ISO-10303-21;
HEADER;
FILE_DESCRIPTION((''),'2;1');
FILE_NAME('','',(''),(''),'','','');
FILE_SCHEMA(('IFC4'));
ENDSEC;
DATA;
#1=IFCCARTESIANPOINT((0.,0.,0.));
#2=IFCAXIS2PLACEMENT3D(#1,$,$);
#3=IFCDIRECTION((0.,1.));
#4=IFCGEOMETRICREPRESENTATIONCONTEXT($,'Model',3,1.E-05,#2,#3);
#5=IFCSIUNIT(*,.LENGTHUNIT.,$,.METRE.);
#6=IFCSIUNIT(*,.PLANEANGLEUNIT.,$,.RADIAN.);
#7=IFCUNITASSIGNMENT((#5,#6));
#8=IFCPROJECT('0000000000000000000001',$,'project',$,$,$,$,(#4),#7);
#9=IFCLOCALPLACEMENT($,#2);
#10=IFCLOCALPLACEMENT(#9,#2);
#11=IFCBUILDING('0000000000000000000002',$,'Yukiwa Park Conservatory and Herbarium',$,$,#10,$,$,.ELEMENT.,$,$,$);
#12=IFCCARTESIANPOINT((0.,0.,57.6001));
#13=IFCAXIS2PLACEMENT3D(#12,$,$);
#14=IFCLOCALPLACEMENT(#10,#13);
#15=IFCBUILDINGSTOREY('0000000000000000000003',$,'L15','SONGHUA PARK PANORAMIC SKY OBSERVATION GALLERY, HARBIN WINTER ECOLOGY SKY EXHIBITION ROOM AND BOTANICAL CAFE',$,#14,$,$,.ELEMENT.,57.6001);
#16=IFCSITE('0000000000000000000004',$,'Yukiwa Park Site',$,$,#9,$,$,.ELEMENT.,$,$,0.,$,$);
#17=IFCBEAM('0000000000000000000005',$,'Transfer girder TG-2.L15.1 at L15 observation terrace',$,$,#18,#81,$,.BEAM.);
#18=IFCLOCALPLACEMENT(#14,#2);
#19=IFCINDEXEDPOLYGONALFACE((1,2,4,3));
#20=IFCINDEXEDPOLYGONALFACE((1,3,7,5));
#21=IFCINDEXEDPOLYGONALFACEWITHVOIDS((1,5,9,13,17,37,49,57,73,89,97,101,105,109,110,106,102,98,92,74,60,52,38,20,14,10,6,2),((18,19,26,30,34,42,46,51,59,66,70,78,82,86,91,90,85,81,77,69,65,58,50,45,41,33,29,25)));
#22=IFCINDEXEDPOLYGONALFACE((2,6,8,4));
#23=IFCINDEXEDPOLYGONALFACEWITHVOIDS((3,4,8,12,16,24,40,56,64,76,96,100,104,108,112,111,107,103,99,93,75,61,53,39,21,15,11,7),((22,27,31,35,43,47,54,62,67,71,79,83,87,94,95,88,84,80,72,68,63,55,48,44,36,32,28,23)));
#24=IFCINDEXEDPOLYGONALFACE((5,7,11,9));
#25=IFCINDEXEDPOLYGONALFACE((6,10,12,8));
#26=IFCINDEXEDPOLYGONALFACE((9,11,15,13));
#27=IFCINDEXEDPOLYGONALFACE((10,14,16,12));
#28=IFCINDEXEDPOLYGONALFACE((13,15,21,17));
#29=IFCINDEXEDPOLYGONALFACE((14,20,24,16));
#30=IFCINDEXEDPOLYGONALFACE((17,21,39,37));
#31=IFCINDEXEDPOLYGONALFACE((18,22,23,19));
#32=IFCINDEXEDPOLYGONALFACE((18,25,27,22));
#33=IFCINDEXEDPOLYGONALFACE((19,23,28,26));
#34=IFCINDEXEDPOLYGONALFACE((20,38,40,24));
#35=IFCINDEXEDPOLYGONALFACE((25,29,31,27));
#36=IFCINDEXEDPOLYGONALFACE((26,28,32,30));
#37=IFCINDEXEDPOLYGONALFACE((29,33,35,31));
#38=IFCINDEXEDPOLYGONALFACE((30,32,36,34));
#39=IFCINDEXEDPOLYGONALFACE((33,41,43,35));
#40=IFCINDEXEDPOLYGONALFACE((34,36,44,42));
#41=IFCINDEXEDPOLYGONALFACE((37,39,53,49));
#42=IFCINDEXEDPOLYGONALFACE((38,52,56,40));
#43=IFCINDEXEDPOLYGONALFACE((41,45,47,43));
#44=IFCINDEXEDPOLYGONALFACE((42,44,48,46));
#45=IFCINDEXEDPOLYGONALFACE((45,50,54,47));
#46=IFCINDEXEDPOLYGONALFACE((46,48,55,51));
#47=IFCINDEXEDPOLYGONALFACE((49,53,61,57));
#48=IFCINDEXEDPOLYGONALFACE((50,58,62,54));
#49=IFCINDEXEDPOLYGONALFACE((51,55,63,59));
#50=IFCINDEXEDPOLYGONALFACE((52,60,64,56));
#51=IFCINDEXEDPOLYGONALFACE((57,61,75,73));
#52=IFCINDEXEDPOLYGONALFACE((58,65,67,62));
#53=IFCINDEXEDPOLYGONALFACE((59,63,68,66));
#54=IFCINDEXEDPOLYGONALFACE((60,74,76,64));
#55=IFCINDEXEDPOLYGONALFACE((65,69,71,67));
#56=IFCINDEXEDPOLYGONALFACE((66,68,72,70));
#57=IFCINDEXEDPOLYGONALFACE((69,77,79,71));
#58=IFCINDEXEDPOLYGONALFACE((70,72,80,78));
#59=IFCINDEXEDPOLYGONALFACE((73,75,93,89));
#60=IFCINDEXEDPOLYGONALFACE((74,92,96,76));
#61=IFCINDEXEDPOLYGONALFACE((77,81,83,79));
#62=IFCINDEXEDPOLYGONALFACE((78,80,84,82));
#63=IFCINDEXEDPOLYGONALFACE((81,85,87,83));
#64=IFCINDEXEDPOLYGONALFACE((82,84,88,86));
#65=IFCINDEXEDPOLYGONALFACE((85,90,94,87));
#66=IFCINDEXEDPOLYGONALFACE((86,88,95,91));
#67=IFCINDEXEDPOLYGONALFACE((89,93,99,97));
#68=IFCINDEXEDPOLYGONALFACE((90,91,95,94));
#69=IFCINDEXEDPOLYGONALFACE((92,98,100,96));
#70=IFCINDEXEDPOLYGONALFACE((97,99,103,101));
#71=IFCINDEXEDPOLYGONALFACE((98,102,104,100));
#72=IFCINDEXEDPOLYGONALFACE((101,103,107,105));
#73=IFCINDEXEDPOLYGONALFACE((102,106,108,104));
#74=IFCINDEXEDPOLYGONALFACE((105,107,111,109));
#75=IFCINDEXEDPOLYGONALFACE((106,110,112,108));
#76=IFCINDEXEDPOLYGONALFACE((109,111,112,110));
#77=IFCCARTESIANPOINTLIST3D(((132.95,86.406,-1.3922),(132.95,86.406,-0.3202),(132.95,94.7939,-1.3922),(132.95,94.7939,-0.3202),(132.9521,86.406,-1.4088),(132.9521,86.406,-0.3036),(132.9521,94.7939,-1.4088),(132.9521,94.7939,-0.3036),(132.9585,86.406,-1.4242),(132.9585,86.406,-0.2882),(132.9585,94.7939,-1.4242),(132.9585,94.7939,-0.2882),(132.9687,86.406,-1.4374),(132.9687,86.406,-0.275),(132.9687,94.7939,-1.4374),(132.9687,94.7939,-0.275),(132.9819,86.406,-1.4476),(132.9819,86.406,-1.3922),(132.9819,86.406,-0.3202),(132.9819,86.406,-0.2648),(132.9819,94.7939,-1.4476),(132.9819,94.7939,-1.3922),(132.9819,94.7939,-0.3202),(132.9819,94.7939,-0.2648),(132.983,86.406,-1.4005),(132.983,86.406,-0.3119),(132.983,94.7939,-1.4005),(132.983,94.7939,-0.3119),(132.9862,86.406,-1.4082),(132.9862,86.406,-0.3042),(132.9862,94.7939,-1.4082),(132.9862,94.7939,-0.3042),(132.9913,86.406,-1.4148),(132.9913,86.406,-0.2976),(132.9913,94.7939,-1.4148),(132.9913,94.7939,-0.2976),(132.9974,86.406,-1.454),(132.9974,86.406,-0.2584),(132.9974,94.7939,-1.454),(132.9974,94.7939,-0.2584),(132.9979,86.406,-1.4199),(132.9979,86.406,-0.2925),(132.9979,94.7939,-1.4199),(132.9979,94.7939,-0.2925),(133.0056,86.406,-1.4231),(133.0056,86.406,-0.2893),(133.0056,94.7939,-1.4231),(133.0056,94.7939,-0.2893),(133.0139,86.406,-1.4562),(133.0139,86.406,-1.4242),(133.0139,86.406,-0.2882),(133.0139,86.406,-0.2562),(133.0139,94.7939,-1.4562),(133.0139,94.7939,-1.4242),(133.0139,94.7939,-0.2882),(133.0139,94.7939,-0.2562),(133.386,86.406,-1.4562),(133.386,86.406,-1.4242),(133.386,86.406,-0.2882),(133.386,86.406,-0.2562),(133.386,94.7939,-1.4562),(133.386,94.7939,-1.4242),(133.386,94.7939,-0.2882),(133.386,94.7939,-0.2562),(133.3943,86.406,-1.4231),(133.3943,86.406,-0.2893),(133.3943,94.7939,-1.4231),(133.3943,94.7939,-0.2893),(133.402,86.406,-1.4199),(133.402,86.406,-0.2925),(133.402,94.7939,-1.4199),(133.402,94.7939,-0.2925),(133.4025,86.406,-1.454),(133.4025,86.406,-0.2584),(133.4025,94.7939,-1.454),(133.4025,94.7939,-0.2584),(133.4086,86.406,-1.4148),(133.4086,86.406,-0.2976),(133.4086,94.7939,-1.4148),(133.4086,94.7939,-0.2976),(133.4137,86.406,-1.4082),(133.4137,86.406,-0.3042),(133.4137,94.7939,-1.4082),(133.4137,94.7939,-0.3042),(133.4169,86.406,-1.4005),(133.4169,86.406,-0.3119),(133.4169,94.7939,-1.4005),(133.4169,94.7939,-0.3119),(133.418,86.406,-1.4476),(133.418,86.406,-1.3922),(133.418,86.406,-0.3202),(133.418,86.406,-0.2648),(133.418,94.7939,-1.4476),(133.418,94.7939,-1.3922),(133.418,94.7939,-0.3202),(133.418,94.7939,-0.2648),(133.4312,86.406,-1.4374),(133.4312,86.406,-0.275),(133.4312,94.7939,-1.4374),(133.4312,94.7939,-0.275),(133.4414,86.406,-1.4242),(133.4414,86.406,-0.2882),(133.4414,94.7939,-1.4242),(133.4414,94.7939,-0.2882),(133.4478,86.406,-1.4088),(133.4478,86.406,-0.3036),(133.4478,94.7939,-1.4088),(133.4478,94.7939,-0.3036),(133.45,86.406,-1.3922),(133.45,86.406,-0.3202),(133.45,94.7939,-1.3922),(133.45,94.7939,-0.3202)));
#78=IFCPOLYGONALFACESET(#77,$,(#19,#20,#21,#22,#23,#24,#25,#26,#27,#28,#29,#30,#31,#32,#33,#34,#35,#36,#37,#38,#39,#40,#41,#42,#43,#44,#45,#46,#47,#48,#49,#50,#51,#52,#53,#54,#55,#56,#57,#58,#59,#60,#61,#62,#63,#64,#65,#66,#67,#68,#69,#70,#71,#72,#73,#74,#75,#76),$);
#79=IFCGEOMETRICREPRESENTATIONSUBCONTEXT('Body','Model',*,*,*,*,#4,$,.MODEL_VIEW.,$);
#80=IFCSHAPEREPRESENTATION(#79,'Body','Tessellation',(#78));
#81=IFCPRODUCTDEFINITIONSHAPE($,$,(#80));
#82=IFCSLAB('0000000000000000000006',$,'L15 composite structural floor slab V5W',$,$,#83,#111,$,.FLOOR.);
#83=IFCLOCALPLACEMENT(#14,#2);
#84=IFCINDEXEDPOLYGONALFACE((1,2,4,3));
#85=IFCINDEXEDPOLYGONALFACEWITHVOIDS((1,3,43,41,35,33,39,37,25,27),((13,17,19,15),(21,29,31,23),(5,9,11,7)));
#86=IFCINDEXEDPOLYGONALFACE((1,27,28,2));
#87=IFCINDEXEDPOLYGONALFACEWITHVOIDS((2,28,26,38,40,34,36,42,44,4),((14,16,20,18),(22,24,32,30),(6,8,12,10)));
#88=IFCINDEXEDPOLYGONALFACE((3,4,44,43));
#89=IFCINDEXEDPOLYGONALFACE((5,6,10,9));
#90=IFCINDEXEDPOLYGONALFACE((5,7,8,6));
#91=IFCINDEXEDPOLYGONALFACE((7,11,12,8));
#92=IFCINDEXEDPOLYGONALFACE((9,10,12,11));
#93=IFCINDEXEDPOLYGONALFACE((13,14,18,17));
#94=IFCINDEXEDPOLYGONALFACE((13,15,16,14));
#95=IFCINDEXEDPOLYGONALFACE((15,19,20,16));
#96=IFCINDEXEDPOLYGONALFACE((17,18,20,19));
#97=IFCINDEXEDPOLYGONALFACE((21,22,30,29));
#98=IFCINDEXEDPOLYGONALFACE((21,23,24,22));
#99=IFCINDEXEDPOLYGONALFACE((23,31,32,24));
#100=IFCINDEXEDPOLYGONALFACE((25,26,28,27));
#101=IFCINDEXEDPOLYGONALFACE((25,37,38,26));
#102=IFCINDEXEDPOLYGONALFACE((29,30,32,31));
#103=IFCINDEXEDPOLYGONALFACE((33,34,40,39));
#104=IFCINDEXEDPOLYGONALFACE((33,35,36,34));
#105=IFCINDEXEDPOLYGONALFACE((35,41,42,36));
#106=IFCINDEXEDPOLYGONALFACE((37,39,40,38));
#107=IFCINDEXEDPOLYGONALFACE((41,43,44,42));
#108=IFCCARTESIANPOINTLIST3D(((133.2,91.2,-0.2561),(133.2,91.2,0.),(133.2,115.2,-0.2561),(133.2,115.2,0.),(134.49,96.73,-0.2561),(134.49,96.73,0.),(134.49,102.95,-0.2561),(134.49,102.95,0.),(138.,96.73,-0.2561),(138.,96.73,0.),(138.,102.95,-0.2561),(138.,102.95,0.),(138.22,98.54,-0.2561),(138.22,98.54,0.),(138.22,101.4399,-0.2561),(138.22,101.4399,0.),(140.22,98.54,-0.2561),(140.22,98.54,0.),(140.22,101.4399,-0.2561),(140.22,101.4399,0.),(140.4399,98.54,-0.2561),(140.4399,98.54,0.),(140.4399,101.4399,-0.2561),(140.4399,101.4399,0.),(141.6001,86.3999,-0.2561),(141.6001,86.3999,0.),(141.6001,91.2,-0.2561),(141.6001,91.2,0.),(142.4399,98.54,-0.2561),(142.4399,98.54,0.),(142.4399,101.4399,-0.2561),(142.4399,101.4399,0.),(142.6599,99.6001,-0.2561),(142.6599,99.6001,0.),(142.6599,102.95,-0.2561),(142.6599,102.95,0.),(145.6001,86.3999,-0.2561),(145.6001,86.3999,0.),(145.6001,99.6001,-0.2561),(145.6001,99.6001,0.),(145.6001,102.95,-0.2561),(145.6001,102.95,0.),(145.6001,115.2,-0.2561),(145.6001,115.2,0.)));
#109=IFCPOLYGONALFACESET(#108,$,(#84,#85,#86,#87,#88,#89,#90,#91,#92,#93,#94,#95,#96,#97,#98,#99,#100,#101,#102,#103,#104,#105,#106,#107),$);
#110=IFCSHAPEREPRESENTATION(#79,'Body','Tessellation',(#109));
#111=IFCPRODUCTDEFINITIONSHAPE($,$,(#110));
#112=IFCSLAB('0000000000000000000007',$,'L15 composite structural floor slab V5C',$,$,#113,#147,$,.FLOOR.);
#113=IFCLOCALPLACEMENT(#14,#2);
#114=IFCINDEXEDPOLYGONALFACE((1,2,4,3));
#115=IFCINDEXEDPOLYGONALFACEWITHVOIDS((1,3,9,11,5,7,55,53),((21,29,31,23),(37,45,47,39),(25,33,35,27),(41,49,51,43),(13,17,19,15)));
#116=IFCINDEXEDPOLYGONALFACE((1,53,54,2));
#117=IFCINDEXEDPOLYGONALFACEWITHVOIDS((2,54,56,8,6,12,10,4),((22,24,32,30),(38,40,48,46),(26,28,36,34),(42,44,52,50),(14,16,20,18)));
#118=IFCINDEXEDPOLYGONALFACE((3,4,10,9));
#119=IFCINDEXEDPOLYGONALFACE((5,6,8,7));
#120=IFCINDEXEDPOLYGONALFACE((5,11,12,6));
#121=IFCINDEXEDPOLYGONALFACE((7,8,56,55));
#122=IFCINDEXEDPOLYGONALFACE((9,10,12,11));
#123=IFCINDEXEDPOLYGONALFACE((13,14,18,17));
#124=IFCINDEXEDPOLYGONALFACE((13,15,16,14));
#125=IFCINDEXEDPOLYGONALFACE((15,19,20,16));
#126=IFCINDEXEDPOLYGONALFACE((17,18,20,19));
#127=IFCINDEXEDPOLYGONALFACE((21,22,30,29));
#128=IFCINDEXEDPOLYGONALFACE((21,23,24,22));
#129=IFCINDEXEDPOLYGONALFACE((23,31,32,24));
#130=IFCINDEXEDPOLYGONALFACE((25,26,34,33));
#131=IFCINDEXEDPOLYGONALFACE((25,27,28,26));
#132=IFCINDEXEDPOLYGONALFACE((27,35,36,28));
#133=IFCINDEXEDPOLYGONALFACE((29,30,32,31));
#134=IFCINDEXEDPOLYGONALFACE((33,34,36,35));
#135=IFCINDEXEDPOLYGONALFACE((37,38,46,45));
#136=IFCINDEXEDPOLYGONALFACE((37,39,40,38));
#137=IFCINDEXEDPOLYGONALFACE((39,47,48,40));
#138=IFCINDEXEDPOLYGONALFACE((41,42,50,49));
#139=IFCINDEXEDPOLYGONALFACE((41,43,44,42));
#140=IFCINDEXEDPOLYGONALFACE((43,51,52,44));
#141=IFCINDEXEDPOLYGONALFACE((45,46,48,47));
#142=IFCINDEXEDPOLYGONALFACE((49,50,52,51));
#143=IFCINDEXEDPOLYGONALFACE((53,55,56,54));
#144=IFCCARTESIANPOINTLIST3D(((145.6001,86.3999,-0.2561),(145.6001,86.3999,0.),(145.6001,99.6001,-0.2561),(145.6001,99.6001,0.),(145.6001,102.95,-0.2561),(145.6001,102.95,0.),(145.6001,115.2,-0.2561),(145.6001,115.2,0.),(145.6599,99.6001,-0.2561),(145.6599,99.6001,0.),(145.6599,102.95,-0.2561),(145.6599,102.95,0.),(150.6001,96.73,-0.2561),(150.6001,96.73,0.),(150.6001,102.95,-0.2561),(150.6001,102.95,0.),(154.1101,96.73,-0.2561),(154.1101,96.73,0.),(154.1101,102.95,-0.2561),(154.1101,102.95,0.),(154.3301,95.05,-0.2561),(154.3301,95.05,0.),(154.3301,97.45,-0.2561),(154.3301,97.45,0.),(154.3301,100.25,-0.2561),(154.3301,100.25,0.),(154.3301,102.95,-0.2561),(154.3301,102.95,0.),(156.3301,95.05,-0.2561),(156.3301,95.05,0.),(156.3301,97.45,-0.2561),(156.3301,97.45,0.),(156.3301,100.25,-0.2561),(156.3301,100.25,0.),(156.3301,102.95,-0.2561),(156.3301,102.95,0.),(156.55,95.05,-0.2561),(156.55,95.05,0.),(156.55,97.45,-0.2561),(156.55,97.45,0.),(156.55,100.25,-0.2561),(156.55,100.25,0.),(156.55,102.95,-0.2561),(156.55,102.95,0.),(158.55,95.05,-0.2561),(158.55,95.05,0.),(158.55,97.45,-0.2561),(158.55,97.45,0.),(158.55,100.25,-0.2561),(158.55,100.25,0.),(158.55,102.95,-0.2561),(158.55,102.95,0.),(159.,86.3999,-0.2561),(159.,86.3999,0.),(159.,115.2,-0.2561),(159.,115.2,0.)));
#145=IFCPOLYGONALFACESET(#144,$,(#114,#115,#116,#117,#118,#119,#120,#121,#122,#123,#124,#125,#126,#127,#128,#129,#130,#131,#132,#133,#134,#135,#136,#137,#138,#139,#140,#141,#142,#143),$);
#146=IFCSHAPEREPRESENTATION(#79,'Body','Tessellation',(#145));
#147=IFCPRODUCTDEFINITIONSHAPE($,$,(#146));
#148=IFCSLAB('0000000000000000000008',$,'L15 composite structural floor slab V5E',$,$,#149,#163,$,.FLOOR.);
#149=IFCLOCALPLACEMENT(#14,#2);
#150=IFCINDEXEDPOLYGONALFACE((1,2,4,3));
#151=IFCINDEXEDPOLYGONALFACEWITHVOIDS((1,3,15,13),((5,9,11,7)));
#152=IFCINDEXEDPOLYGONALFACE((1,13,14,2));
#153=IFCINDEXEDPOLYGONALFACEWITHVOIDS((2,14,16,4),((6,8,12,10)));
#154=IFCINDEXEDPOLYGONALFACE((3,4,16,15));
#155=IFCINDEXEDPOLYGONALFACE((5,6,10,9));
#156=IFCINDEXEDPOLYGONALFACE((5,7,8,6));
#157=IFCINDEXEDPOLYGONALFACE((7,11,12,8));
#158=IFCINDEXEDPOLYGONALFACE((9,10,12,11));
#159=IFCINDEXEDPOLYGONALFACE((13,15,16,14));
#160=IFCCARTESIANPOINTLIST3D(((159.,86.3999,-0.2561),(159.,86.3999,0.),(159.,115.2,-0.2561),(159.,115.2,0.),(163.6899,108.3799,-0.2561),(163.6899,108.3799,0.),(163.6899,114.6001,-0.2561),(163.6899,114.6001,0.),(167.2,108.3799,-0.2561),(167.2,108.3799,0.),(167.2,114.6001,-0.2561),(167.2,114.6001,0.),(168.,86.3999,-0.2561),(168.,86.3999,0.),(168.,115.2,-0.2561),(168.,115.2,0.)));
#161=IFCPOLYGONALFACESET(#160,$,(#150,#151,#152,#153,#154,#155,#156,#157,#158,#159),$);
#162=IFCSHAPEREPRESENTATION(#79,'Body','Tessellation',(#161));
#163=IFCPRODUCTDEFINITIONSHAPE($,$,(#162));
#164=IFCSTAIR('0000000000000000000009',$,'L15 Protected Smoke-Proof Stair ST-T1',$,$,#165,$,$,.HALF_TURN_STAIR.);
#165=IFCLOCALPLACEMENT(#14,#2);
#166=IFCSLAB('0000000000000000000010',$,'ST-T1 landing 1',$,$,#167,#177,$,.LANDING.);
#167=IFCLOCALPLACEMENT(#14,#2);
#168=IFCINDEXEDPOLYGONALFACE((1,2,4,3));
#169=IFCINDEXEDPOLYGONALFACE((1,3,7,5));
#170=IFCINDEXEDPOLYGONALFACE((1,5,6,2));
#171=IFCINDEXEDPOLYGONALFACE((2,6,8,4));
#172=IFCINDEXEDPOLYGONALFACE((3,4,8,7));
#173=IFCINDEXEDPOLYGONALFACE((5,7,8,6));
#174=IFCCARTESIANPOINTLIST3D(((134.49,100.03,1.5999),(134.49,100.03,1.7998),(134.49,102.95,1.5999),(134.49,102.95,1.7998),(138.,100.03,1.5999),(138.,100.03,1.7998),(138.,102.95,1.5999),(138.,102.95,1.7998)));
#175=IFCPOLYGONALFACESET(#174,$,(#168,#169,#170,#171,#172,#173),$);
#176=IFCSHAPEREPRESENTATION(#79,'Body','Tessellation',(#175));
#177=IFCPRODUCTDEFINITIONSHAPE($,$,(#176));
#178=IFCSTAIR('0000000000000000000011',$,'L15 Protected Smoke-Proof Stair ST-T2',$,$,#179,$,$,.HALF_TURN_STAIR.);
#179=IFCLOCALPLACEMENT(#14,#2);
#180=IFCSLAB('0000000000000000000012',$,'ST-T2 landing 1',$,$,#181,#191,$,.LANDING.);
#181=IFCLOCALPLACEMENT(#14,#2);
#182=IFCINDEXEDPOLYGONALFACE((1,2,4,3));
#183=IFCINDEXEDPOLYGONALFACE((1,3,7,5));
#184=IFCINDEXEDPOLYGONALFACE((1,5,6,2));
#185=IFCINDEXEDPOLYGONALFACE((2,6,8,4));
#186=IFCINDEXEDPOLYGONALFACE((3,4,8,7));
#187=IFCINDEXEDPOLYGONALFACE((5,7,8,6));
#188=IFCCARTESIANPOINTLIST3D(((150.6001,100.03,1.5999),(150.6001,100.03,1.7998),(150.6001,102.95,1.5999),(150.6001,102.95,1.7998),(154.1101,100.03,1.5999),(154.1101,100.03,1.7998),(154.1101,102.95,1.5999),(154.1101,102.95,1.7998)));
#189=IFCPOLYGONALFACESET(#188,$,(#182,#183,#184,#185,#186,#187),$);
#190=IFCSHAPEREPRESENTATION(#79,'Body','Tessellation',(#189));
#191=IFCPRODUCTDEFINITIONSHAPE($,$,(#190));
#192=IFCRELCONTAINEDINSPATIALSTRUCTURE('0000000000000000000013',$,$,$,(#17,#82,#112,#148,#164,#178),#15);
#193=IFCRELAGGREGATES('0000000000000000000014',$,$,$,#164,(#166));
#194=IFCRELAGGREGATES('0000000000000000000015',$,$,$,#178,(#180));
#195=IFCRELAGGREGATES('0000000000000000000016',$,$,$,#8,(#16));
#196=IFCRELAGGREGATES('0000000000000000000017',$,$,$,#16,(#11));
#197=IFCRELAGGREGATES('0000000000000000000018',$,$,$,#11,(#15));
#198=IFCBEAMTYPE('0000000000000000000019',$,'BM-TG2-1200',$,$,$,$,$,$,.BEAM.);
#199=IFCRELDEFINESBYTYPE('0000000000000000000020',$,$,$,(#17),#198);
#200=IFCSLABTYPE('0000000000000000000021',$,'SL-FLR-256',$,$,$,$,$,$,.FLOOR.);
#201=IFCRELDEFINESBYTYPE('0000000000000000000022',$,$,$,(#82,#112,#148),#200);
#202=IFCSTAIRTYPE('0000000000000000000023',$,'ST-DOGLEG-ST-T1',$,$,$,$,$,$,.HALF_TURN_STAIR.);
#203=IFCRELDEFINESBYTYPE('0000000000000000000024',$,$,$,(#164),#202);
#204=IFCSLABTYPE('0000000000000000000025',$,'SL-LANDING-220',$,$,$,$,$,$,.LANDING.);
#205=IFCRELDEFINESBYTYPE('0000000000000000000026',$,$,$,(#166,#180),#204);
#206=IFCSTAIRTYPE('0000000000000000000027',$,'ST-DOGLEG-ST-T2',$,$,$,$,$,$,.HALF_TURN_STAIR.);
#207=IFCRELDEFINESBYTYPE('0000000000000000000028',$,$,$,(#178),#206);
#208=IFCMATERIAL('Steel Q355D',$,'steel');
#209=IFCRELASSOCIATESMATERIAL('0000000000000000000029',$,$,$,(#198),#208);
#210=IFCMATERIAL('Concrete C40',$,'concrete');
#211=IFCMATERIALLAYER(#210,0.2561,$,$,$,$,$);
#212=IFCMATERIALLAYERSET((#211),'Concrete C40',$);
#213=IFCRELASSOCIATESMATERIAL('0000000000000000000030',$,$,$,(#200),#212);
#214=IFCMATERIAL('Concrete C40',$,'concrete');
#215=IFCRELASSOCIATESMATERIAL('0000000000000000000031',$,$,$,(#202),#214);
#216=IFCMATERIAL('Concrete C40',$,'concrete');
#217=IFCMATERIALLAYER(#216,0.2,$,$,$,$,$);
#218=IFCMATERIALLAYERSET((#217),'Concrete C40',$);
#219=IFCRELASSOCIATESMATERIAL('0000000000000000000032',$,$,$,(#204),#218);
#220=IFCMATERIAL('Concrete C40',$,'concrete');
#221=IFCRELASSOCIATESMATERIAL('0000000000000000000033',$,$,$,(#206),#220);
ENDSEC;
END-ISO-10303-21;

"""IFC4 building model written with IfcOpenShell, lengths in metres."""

from ifc_helpers import new_model, si_unit, direction, frame, origin, origin_2d, place, context, subcontext, project, spatial, polyline, hollow_rectangle, outline, extrude, material, layer, layer_set, material_profile, profile_set, type_object, element, aggregate, save


model = new_model("IFC4")

# Units and contexts
model_context = context("Model", 3, precision=1e-05, world=origin(), true_north=direction((0.0, 1.0)))
body_context = subcontext(model_context, "Body", "Model", "MODEL_VIEW")
ifc_project = project(units=[si_unit("LENGTHUNIT", "METRE"), si_unit("PLANEANGLEUNIT", "RADIAN")], contexts=[model_context])

# Site, building, storey
site_placement = place(None, origin())
site = spatial("IfcSite", under=ifc_project, at=site_placement, Name="Yukiwa Park Site", CompositionType="ELEMENT", RefElevation=0.0)
building_placement = place(site_placement, origin())
building = spatial("IfcBuilding", under=site, at=building_placement, Name="Yukiwa Park Conservatory and Herbarium", CompositionType="ELEMENT")
storey_placement = place(building_placement, frame((0.0, 0.0, 57.6001)))
storey = spatial("IfcBuildingStorey", under=building, at=storey_placement, Name="L15", Description="SONGHUA PARK PANORAMIC SKY OBSERVATION GALLERY, HARBIN WINTER ECOLOGY SKY EXHIBITION ROOM AND BOTANICAL CAFE", CompositionType="ELEMENT", Elevation=57.6001)

# Beam
ifc_material_1 = material(Name="Steel Q355D", Category="steel")
ifc_material_profile_1 = material_profile(ifc_material_1, hollow_rectangle(XDim=0.5, YDim=1.2, WallThickness=0.032, InnerFilletRadius=0.032, OuterFilletRadius=0.064, at=origin_2d()), Name="BOX 1200x500x32")
ifc_profile_set_1 = profile_set([ifc_material_profile_1], Name="Steel Q355D")
beam_type_1 = type_object("IfcBeamType", Name="BM-TG2-1200", PredefinedType="BEAM", material=ifc_profile_set_1)
beam_1_placement = place(storey_placement, frame((133.2, 86.406, -0.8562), z_axis=(0.0, 1.0, 0.0), x_axis=(-1.0, 0.0, 0.0)))
element("IfcBeam", 1, at=beam_1_placement, inside=storey, type_object=beam_type_1, Name="Transfer girder TG-2.L15.1 at L15 observation terrace", PredefinedType="BEAM", context=body_context, shape_type="SweptSolid", body=[
    extrude(hollow_rectangle(XDim=0.5, YDim=1.2, WallThickness=0.032, InnerFilletRadius=0.032, OuterFilletRadius=0.064, at=origin_2d()), origin(), (0.0, 0.0, 1.0), 8.3879),
])

# Slabs
ifc_material_2 = material(Name="Concrete C40", Category="concrete")
ifc_layer_1 = layer(ifc_material_2, 0.2561)
ifc_layer_set_1 = layer_set([ifc_layer_1], Name="Concrete C40")
slab_type_1 = type_object("IfcSlabType", Name="SL-FLR-256", PredefinedType="FLOOR", material=ifc_layer_set_1)
slab_1_placement = place(storey_placement, frame((0.0, 0.0, -0.2561)))
element("IfcSlab", 2, at=slab_1_placement, inside=storey, type_object=slab_type_1, Name="L15 composite structural floor slab V5W", PredefinedType="FLOOR", context=body_context, shape_type="SweptSolid", body=[
    extrude(outline(polyline([(141.6001, 91.2), (133.2, 91.2), (133.2, 115.2), (145.6001, 115.2), (145.6001, 102.95), (142.6599, 102.95), (142.6599, 99.6001), (145.6001, 99.6001), (145.6001, 86.3999), (141.6001, 86.3999), (141.6001, 91.2)]), holes=[polyline([(134.49, 102.95), (134.49, 96.73), (138.0, 96.73), (138.0, 102.95), (134.49, 102.95)]), polyline([(140.22, 101.4399), (138.22, 101.4399), (138.22, 98.54), (140.22, 98.54), (140.22, 101.4399)]), polyline([(140.4399, 101.4399), (140.4399, 98.54), (142.4399, 98.54), (142.4399, 101.4399), (140.4399, 101.4399)])]), origin(), (0.0, 0.0, 1.0), 0.2561),
])
slab_2_placement = place(storey_placement, frame((0.0, 0.0, -0.2561)))
element("IfcSlab", 3, at=slab_2_placement, inside=storey, type_object=slab_type_1, Name="L15 composite structural floor slab V5C", PredefinedType="FLOOR", context=body_context, shape_type="SweptSolid", body=[
    extrude(outline(polyline([(145.6001, 99.6001), (145.6599, 99.6001), (145.6599, 102.95), (145.6001, 102.95), (145.6001, 115.2), (159.0, 115.2), (159.0, 86.3999), (145.6001, 86.3999), (145.6001, 99.6001)]), holes=[polyline([(154.3301, 97.45), (154.3301, 95.05), (156.3301, 95.05), (156.3301, 97.45), (154.3301, 97.45)]), polyline([(156.55, 97.45), (156.55, 95.05), (158.55, 95.05), (158.55, 97.45), (156.55, 97.45)]), polyline([(154.1101, 102.95), (150.6001, 102.95), (150.6001, 96.73), (154.1101, 96.73), (154.1101, 102.95)]), polyline([(154.3301, 102.95), (154.3301, 100.25), (156.3301, 100.25), (156.3301, 102.95), (154.3301, 102.95)]), polyline([(158.55, 102.95), (156.55, 102.95), (156.55, 100.25), (158.55, 100.25), (158.55, 102.95)])]), origin(), (0.0, 0.0, 1.0), 0.2561),
])
slab_3_placement = place(storey_placement, frame((0.0, 0.0, -0.2561)))
element("IfcSlab", 4, at=slab_3_placement, inside=storey, type_object=slab_type_1, Name="L15 composite structural floor slab V5E", PredefinedType="FLOOR", context=body_context, shape_type="SweptSolid", body=[
    extrude(outline(polyline([(168.0, 86.3999), (159.0, 86.3999), (159.0, 115.2), (168.0, 115.2), (168.0, 86.3999)]), holes=[polyline([(167.2, 114.6001), (163.6899, 114.6001), (163.6899, 108.3799), (167.2, 108.3799), (167.2, 114.6001)])]), origin(), (0.0, 0.0, 1.0), 0.2561),
])

# Stairs, slabs
ifc_material_3 = material(Name="Concrete C40", Category="concrete")
stair_type_1 = type_object("IfcStairType", Name="ST-DOGLEG-ST-T1", PredefinedType="HALF_TURN_STAIR", material=ifc_material_3)
stair_1_placement = place(storey_placement, origin())
stair_1 = element("IfcStair", 5, at=stair_1_placement, inside=storey, type_object=stair_type_1, Name="L15 Protected Smoke-Proof Stair ST-T1", PredefinedType="HALF_TURN_STAIR")
ifc_material_4 = material(Name="Concrete C40", Category="concrete")
ifc_layer_2 = layer(ifc_material_4, 0.2)
ifc_layer_set_2 = layer_set([ifc_layer_2], Name="Concrete C40")
slab_type_2 = type_object("IfcSlabType", Name="SL-LANDING-220", PredefinedType="LANDING", material=ifc_layer_set_2)
slab_4_placement = place(storey_placement, frame((0.0, 0.0, 1.5999)))
slab_4 = element("IfcSlab", 6, at=slab_4_placement, type_object=slab_type_2, Name="ST-T1 landing 1", PredefinedType="LANDING", context=body_context, shape_type="SweptSolid", body=[
    extrude(outline(polyline([(138.0, 100.03), (138.0, 102.95), (134.49, 102.95), (134.49, 100.03), (138.0, 100.03)])), origin(), (0.0, 0.0, 1.0), 0.2),
])
aggregate(stair_1, [slab_4])
ifc_material_5 = material(Name="Concrete C40", Category="concrete")
stair_type_2 = type_object("IfcStairType", Name="ST-DOGLEG-ST-T2", PredefinedType="HALF_TURN_STAIR", material=ifc_material_5)
stair_2_placement = place(storey_placement, origin())
stair_2 = element("IfcStair", 7, at=stair_2_placement, inside=storey, type_object=stair_type_2, Name="L15 Protected Smoke-Proof Stair ST-T2", PredefinedType="HALF_TURN_STAIR")
slab_5_placement = place(storey_placement, frame((0.0, 0.0, 1.5999)))
slab_5 = element("IfcSlab", 8, at=slab_5_placement, type_object=slab_type_2, Name="ST-T2 landing 1", PredefinedType="LANDING", context=body_context, shape_type="SweptSolid", body=[
    extrude(outline(polyline([(154.1101, 100.03), (154.1101, 102.95), (150.6001, 102.95), (150.6001, 100.03), (154.1101, 100.03)])), origin(), (0.0, 0.0, 1.0), 0.2),
])
aggregate(stair_2, [slab_5])

save(model, "model.ifc")
